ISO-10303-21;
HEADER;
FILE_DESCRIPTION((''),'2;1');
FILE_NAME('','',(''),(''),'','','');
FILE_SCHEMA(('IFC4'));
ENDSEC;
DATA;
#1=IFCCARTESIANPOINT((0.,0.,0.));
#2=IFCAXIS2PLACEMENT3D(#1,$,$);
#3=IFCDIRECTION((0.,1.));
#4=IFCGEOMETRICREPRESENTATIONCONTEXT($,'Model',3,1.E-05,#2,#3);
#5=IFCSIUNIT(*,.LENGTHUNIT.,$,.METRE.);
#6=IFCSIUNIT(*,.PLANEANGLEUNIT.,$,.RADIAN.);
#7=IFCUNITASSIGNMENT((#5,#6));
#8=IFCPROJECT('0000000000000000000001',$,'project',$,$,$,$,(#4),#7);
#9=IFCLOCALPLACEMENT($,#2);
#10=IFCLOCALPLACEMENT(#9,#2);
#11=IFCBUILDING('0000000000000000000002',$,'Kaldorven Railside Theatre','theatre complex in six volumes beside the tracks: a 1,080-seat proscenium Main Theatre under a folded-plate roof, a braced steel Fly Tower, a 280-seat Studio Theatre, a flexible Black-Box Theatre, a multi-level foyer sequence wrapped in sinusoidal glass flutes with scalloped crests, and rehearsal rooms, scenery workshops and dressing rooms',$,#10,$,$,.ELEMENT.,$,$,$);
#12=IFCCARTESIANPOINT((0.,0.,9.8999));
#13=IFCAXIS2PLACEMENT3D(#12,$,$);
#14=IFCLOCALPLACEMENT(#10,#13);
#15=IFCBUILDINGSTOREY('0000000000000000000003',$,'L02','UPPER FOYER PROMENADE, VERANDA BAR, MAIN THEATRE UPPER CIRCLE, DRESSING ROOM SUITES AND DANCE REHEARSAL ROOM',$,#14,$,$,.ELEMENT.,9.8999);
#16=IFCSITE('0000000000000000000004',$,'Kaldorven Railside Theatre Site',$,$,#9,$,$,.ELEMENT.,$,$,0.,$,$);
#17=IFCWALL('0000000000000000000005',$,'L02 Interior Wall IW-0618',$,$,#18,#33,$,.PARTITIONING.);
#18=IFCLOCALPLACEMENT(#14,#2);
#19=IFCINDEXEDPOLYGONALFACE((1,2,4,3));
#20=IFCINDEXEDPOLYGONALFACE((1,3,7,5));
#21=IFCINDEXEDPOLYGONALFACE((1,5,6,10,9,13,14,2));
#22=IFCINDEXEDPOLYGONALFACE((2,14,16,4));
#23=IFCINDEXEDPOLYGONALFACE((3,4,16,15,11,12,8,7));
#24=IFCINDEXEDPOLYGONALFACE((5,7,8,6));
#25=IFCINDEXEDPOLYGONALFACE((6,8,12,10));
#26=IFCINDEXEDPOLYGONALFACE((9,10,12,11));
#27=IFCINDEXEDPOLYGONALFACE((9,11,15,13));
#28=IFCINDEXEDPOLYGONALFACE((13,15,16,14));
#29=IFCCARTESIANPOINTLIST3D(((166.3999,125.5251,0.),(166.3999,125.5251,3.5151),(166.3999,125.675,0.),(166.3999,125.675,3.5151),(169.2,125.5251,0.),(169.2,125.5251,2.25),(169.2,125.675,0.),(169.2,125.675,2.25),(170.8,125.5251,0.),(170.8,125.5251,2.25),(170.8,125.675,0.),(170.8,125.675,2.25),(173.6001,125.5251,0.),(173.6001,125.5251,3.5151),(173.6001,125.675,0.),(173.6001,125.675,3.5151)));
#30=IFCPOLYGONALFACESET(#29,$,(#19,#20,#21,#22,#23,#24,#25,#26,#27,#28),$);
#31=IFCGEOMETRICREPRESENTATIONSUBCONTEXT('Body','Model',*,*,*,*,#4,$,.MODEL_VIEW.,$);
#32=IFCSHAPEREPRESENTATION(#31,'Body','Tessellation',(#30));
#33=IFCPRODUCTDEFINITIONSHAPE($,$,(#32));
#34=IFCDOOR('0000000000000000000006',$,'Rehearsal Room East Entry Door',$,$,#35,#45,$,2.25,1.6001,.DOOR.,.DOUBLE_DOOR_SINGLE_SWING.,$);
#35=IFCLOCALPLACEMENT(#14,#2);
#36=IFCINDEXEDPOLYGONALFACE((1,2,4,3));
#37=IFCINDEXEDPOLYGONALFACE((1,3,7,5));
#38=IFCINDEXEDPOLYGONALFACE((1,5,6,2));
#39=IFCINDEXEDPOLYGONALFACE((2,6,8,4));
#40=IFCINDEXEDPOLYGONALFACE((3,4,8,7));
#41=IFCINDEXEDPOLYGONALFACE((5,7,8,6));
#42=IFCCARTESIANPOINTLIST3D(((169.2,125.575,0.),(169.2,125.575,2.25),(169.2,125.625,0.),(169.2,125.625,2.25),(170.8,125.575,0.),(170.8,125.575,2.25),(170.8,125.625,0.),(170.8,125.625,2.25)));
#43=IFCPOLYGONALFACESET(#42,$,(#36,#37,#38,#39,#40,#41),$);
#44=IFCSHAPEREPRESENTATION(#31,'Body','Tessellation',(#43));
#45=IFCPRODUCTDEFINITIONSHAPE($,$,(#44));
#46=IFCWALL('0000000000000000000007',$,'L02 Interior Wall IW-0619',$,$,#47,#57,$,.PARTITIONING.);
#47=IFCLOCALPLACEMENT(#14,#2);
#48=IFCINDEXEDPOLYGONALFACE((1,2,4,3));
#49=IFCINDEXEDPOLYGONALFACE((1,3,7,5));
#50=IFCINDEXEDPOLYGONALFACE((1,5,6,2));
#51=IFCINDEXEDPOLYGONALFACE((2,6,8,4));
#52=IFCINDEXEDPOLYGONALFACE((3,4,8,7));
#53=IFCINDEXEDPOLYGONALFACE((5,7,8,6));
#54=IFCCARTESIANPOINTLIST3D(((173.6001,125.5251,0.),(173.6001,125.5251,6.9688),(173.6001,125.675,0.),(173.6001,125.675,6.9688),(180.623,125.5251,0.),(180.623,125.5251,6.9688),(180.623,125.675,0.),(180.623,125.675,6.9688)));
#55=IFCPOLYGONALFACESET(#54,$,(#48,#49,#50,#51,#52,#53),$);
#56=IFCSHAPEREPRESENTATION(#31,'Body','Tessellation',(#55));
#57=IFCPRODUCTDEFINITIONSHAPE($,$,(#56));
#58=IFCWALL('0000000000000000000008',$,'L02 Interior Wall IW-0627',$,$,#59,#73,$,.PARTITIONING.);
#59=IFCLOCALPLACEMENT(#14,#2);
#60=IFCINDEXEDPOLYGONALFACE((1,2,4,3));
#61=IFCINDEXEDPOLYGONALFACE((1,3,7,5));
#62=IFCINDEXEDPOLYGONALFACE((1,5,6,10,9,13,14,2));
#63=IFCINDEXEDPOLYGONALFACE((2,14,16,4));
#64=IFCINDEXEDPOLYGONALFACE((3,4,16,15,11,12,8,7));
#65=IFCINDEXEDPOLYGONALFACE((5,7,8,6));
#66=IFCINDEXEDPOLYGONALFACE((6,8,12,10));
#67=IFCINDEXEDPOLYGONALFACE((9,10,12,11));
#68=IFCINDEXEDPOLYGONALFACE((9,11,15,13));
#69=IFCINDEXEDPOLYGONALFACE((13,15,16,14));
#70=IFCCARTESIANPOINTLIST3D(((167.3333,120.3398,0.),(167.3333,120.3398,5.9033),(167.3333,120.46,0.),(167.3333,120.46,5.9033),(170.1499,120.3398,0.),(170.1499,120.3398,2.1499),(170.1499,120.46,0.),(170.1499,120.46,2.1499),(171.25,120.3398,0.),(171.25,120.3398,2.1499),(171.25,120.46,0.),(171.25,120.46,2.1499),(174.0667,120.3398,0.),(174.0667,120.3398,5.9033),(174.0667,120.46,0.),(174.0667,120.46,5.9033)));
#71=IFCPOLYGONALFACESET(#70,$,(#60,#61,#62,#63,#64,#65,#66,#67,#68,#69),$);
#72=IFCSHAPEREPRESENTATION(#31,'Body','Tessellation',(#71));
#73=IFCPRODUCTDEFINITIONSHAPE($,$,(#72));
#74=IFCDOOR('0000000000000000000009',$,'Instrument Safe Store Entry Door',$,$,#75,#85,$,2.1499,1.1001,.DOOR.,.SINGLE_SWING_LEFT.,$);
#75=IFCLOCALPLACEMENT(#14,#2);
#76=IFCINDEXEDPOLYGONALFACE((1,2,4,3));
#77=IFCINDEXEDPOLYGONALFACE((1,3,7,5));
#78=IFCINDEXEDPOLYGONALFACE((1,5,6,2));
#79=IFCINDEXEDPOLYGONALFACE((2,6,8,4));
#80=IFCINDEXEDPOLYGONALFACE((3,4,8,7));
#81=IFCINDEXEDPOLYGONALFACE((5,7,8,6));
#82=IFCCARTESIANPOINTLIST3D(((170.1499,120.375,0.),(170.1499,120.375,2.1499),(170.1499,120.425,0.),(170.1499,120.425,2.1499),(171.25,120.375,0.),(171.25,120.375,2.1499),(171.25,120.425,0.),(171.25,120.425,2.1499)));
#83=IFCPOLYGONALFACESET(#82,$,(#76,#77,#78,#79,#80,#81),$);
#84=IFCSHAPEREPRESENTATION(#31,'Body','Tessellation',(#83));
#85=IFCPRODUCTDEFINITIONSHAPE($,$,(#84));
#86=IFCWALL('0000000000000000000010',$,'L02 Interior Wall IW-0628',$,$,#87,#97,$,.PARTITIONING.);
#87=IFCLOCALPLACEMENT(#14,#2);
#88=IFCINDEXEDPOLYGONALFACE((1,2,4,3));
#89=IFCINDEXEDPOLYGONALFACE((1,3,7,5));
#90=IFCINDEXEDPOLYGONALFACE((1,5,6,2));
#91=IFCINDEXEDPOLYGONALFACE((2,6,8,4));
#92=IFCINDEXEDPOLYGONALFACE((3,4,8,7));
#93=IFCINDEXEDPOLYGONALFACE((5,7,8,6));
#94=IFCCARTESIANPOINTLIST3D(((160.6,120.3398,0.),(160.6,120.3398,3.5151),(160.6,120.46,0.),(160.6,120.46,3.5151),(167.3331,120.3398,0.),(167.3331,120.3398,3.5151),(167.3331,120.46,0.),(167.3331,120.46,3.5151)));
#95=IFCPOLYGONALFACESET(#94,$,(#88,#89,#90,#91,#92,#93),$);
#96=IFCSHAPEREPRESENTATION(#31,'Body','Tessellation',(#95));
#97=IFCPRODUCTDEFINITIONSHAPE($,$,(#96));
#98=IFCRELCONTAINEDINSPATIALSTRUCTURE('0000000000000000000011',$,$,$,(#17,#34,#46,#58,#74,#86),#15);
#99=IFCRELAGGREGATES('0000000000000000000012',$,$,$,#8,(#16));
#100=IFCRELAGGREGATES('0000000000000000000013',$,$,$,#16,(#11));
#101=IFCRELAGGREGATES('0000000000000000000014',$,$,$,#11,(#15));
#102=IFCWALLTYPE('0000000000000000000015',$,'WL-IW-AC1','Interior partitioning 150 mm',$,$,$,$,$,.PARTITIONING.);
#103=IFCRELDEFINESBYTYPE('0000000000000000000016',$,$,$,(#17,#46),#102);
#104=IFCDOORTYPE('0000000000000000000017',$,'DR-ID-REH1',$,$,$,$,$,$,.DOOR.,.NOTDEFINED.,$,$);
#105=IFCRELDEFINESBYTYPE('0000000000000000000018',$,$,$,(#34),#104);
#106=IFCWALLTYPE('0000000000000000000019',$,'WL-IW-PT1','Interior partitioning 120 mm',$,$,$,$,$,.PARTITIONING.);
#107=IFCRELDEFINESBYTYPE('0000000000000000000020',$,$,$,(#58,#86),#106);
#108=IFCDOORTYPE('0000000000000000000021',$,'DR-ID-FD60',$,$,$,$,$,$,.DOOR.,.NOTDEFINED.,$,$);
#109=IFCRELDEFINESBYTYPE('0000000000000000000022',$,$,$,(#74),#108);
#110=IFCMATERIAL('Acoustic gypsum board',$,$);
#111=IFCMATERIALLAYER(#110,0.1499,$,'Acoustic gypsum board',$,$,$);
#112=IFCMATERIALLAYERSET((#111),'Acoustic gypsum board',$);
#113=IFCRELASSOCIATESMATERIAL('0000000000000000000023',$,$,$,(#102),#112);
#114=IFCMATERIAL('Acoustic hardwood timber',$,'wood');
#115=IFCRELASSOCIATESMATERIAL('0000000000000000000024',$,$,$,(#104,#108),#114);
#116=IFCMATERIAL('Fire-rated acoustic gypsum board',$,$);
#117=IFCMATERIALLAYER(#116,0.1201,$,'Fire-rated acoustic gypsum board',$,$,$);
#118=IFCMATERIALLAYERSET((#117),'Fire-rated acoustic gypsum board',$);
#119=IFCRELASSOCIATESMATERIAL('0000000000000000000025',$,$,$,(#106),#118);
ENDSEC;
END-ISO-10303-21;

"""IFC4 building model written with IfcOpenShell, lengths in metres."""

from ifc_helpers import new_model, si_unit, direction, frame, frame_2d, origin, place, context, subcontext, project, spatial, rectangle, extrude, material, layer, layer_set, type_object, element, fill, save


model = new_model("IFC4")

# Units and contexts
model_context = context("Model", 3, precision=1e-05, world=origin(), true_north=direction((0.0, 1.0)))
body_context = subcontext(model_context, "Body", "Model", "MODEL_VIEW")
ifc_project = project(units=[si_unit("LENGTHUNIT", "METRE"), si_unit("PLANEANGLEUNIT", "RADIAN")], contexts=[model_context])

# Site, building, storey
site_placement = place(None, origin())
site = spatial("IfcSite", under=ifc_project, at=site_placement, Name="Kaldorven Railside Theatre Site", CompositionType="ELEMENT", RefElevation=0.0)
building_placement = place(site_placement, origin())
building = spatial("IfcBuilding", under=site, at=building_placement, Name="Kaldorven Railside Theatre", Description="theatre complex in six volumes beside the tracks: a 1,080-seat proscenium Main Theatre under a folded-plate roof, a braced steel Fly Tower, a 280-seat Studio Theatre, a flexible Black-Box Theatre, a multi-level foyer sequence wrapped in sinusoidal glass flutes with scalloped crests, and rehearsal rooms, scenery workshops and dressing rooms", CompositionType="ELEMENT")
storey_placement = place(building_placement, frame((0.0, 0.0, 9.8999)))
storey = spatial("IfcBuildingStorey", under=building, at=storey_placement, Name="L02", Description="UPPER FOYER PROMENADE, VERANDA BAR, MAIN THEATRE UPPER CIRCLE, DRESSING ROOM SUITES AND DANCE REHEARSAL ROOM", CompositionType="ELEMENT", Elevation=9.8999)

# Wall, opening, door
ifc_material_1 = material(Name="Acoustic gypsum board")
ifc_layer_1 = layer(ifc_material_1, 0.1499, Name="Acoustic gypsum board")
ifc_layer_set_1 = layer_set([ifc_layer_1], Name="Acoustic gypsum board")
wall_type_1 = type_object("IfcWallType", Name="WL-IW-AC1", Description="Interior partitioning 150 mm", PredefinedType="PARTITIONING", material=ifc_layer_set_1)
wall_1_placement = place(storey_placement, frame((166.3999, 125.6001, 0.0), z_axis=(0.0, 0.0, 1.0), x_axis=(1.0, 0.0, 0.0)))
wall_1 = element("IfcWall", 1, at=wall_1_placement, inside=storey, type_object=wall_type_1, Name="L02 Interior Wall IW-0618", PredefinedType="PARTITIONING", context=body_context, shape_type="SweptSolid", body=[
    extrude(rectangle(XDim=7.2002, YDim=0.1499, at=frame_2d((3.6001, 0.0))), origin(), (0.0, 0.0, 1.0), 3.5151),
])
opening_1_placement = place(wall_1_placement, frame((2.8, 0.0, 0.0)))
opening_1 = element("IfcOpeningElement", 2, at=opening_1_placement, cuts=wall_1, PredefinedType="OPENING", context=body_context, shape_type="SweptSolid", body=[
    extrude(rectangle(XDim=1.6001, YDim=2.25, at=frame_2d((0.8, 1.125))), frame((0.0, 0.085, 0.0), z_axis=(0.0, -1.0, 0.0), x_axis=(1.0, 0.0, 0.0)), (0.0, 0.0, 1.0), 0.1699),
])
ifc_material_2 = material(Name="Acoustic hardwood timber", Category="wood")
door_type_1 = type_object("IfcDoorType", Name="DR-ID-REH1", OperationType="NOTDEFINED", PredefinedType="DOOR", material=ifc_material_2)
door_1_placement = place(opening_1_placement, origin())
door_1 = element("IfcDoor", 3, at=door_1_placement, inside=storey, type_object=door_type_1, Name="Rehearsal Room East Entry Door", OperationType="DOUBLE_DOOR_SINGLE_SWING", OverallHeight=2.25, OverallWidth=1.6001, PredefinedType="DOOR", context=body_context, shape_type="SweptSolid", body=[
    extrude(rectangle(XDim=1.6001, YDim=2.25, at=frame_2d((0.8, 1.125))), frame((0.0, 0.0249, 0.0), z_axis=(0.0, -1.0, 0.0), x_axis=(1.0, 0.0, 0.0)), (0.0, 0.0, 1.0), 0.05),
])
fill(opening_1, door_1)

# Wall
wall_2_placement = place(storey_placement, frame((173.6001, 125.6001, 0.0), z_axis=(0.0, 0.0, 1.0), x_axis=(1.0, 0.0, 0.0)))
element("IfcWall", 4, at=wall_2_placement, inside=storey, type_object=wall_type_1, Name="L02 Interior Wall IW-0619", PredefinedType="PARTITIONING", context=body_context, shape_type="SweptSolid", body=[
    extrude(rectangle(XDim=7.0229, YDim=0.1499, at=frame_2d((3.5115, 0.0))), origin(), (0.0, 0.0, 1.0), 6.9688),
])

# Wall, opening, door
ifc_material_3 = material(Name="Fire-rated acoustic gypsum board")
ifc_layer_2 = layer(ifc_material_3, 0.1201, Name="Fire-rated acoustic gypsum board")
ifc_layer_set_2 = layer_set([ifc_layer_2], Name="Fire-rated acoustic gypsum board")
wall_type_2 = type_object("IfcWallType", Name="WL-IW-PT1", Description="Interior partitioning 120 mm", PredefinedType="PARTITIONING", material=ifc_layer_set_2)
wall_3_placement = place(storey_placement, frame((174.0667, 120.3999, 0.0), z_axis=(0.0, 0.0, 1.0), x_axis=(-1.0, 0.0, 0.0)))
wall_3 = element("IfcWall", 5, at=wall_3_placement, inside=storey, type_object=wall_type_2, Name="L02 Interior Wall IW-0627", PredefinedType="PARTITIONING", context=body_context, shape_type="SweptSolid", body=[
    extrude(rectangle(XDim=6.7334, YDim=0.1201, at=frame_2d((3.3667, 0.0))), origin(), (0.0, 0.0, 1.0), 5.9033),
])
opening_2_placement = place(wall_3_placement, frame((2.8167, 0.0, 0.0)))
opening_2 = element("IfcOpeningElement", 6, at=opening_2_placement, cuts=wall_3, PredefinedType="OPENING", context=body_context, shape_type="SweptSolid", body=[
    extrude(rectangle(XDim=1.1001, YDim=2.1499, at=frame_2d((0.55, 1.075))), frame((0.0, 0.0701, 0.0), z_axis=(0.0, -1.0, 0.0), x_axis=(1.0, 0.0, 0.0)), (0.0, 0.0, 1.0), 0.1401),
])
door_type_2 = type_object("IfcDoorType", Name="DR-ID-FD60", OperationType="NOTDEFINED", PredefinedType="DOOR", material=ifc_material_2)
door_2_placement = place(opening_2_placement, origin())
door_2 = element("IfcDoor", 7, at=door_2_placement, inside=storey, type_object=door_type_2, Name="Instrument Safe Store Entry Door", OperationType="SINGLE_SWING_LEFT", OverallHeight=2.1499, OverallWidth=1.1001, PredefinedType="DOOR", context=body_context, shape_type="SweptSolid", body=[
    extrude(rectangle(XDim=1.1001, YDim=2.1499, at=frame_2d((0.55, 1.075))), frame((0.0, 0.0249, 0.0), z_axis=(0.0, -1.0, 0.0), x_axis=(1.0, 0.0, 0.0)), (0.0, 0.0, 1.0), 0.05),
])
fill(opening_2, door_2)

# Wall
wall_4_placement = place(storey_placement, frame((167.3333, 120.3999, 0.0), z_axis=(0.0, 0.0, 1.0), x_axis=(-1.0, 0.0, 0.0)))
element("IfcWall", 8, at=wall_4_placement, inside=storey, type_object=wall_type_2, Name="L02 Interior Wall IW-0628", PredefinedType="PARTITIONING", context=body_context, shape_type="SweptSolid", body=[
    extrude(rectangle(XDim=6.7332, YDim=0.1201, at=frame_2d((3.3667, 0.0))), origin(), (0.0, 0.0, 1.0), 3.5151),
])

save(model, "model.ifc")
